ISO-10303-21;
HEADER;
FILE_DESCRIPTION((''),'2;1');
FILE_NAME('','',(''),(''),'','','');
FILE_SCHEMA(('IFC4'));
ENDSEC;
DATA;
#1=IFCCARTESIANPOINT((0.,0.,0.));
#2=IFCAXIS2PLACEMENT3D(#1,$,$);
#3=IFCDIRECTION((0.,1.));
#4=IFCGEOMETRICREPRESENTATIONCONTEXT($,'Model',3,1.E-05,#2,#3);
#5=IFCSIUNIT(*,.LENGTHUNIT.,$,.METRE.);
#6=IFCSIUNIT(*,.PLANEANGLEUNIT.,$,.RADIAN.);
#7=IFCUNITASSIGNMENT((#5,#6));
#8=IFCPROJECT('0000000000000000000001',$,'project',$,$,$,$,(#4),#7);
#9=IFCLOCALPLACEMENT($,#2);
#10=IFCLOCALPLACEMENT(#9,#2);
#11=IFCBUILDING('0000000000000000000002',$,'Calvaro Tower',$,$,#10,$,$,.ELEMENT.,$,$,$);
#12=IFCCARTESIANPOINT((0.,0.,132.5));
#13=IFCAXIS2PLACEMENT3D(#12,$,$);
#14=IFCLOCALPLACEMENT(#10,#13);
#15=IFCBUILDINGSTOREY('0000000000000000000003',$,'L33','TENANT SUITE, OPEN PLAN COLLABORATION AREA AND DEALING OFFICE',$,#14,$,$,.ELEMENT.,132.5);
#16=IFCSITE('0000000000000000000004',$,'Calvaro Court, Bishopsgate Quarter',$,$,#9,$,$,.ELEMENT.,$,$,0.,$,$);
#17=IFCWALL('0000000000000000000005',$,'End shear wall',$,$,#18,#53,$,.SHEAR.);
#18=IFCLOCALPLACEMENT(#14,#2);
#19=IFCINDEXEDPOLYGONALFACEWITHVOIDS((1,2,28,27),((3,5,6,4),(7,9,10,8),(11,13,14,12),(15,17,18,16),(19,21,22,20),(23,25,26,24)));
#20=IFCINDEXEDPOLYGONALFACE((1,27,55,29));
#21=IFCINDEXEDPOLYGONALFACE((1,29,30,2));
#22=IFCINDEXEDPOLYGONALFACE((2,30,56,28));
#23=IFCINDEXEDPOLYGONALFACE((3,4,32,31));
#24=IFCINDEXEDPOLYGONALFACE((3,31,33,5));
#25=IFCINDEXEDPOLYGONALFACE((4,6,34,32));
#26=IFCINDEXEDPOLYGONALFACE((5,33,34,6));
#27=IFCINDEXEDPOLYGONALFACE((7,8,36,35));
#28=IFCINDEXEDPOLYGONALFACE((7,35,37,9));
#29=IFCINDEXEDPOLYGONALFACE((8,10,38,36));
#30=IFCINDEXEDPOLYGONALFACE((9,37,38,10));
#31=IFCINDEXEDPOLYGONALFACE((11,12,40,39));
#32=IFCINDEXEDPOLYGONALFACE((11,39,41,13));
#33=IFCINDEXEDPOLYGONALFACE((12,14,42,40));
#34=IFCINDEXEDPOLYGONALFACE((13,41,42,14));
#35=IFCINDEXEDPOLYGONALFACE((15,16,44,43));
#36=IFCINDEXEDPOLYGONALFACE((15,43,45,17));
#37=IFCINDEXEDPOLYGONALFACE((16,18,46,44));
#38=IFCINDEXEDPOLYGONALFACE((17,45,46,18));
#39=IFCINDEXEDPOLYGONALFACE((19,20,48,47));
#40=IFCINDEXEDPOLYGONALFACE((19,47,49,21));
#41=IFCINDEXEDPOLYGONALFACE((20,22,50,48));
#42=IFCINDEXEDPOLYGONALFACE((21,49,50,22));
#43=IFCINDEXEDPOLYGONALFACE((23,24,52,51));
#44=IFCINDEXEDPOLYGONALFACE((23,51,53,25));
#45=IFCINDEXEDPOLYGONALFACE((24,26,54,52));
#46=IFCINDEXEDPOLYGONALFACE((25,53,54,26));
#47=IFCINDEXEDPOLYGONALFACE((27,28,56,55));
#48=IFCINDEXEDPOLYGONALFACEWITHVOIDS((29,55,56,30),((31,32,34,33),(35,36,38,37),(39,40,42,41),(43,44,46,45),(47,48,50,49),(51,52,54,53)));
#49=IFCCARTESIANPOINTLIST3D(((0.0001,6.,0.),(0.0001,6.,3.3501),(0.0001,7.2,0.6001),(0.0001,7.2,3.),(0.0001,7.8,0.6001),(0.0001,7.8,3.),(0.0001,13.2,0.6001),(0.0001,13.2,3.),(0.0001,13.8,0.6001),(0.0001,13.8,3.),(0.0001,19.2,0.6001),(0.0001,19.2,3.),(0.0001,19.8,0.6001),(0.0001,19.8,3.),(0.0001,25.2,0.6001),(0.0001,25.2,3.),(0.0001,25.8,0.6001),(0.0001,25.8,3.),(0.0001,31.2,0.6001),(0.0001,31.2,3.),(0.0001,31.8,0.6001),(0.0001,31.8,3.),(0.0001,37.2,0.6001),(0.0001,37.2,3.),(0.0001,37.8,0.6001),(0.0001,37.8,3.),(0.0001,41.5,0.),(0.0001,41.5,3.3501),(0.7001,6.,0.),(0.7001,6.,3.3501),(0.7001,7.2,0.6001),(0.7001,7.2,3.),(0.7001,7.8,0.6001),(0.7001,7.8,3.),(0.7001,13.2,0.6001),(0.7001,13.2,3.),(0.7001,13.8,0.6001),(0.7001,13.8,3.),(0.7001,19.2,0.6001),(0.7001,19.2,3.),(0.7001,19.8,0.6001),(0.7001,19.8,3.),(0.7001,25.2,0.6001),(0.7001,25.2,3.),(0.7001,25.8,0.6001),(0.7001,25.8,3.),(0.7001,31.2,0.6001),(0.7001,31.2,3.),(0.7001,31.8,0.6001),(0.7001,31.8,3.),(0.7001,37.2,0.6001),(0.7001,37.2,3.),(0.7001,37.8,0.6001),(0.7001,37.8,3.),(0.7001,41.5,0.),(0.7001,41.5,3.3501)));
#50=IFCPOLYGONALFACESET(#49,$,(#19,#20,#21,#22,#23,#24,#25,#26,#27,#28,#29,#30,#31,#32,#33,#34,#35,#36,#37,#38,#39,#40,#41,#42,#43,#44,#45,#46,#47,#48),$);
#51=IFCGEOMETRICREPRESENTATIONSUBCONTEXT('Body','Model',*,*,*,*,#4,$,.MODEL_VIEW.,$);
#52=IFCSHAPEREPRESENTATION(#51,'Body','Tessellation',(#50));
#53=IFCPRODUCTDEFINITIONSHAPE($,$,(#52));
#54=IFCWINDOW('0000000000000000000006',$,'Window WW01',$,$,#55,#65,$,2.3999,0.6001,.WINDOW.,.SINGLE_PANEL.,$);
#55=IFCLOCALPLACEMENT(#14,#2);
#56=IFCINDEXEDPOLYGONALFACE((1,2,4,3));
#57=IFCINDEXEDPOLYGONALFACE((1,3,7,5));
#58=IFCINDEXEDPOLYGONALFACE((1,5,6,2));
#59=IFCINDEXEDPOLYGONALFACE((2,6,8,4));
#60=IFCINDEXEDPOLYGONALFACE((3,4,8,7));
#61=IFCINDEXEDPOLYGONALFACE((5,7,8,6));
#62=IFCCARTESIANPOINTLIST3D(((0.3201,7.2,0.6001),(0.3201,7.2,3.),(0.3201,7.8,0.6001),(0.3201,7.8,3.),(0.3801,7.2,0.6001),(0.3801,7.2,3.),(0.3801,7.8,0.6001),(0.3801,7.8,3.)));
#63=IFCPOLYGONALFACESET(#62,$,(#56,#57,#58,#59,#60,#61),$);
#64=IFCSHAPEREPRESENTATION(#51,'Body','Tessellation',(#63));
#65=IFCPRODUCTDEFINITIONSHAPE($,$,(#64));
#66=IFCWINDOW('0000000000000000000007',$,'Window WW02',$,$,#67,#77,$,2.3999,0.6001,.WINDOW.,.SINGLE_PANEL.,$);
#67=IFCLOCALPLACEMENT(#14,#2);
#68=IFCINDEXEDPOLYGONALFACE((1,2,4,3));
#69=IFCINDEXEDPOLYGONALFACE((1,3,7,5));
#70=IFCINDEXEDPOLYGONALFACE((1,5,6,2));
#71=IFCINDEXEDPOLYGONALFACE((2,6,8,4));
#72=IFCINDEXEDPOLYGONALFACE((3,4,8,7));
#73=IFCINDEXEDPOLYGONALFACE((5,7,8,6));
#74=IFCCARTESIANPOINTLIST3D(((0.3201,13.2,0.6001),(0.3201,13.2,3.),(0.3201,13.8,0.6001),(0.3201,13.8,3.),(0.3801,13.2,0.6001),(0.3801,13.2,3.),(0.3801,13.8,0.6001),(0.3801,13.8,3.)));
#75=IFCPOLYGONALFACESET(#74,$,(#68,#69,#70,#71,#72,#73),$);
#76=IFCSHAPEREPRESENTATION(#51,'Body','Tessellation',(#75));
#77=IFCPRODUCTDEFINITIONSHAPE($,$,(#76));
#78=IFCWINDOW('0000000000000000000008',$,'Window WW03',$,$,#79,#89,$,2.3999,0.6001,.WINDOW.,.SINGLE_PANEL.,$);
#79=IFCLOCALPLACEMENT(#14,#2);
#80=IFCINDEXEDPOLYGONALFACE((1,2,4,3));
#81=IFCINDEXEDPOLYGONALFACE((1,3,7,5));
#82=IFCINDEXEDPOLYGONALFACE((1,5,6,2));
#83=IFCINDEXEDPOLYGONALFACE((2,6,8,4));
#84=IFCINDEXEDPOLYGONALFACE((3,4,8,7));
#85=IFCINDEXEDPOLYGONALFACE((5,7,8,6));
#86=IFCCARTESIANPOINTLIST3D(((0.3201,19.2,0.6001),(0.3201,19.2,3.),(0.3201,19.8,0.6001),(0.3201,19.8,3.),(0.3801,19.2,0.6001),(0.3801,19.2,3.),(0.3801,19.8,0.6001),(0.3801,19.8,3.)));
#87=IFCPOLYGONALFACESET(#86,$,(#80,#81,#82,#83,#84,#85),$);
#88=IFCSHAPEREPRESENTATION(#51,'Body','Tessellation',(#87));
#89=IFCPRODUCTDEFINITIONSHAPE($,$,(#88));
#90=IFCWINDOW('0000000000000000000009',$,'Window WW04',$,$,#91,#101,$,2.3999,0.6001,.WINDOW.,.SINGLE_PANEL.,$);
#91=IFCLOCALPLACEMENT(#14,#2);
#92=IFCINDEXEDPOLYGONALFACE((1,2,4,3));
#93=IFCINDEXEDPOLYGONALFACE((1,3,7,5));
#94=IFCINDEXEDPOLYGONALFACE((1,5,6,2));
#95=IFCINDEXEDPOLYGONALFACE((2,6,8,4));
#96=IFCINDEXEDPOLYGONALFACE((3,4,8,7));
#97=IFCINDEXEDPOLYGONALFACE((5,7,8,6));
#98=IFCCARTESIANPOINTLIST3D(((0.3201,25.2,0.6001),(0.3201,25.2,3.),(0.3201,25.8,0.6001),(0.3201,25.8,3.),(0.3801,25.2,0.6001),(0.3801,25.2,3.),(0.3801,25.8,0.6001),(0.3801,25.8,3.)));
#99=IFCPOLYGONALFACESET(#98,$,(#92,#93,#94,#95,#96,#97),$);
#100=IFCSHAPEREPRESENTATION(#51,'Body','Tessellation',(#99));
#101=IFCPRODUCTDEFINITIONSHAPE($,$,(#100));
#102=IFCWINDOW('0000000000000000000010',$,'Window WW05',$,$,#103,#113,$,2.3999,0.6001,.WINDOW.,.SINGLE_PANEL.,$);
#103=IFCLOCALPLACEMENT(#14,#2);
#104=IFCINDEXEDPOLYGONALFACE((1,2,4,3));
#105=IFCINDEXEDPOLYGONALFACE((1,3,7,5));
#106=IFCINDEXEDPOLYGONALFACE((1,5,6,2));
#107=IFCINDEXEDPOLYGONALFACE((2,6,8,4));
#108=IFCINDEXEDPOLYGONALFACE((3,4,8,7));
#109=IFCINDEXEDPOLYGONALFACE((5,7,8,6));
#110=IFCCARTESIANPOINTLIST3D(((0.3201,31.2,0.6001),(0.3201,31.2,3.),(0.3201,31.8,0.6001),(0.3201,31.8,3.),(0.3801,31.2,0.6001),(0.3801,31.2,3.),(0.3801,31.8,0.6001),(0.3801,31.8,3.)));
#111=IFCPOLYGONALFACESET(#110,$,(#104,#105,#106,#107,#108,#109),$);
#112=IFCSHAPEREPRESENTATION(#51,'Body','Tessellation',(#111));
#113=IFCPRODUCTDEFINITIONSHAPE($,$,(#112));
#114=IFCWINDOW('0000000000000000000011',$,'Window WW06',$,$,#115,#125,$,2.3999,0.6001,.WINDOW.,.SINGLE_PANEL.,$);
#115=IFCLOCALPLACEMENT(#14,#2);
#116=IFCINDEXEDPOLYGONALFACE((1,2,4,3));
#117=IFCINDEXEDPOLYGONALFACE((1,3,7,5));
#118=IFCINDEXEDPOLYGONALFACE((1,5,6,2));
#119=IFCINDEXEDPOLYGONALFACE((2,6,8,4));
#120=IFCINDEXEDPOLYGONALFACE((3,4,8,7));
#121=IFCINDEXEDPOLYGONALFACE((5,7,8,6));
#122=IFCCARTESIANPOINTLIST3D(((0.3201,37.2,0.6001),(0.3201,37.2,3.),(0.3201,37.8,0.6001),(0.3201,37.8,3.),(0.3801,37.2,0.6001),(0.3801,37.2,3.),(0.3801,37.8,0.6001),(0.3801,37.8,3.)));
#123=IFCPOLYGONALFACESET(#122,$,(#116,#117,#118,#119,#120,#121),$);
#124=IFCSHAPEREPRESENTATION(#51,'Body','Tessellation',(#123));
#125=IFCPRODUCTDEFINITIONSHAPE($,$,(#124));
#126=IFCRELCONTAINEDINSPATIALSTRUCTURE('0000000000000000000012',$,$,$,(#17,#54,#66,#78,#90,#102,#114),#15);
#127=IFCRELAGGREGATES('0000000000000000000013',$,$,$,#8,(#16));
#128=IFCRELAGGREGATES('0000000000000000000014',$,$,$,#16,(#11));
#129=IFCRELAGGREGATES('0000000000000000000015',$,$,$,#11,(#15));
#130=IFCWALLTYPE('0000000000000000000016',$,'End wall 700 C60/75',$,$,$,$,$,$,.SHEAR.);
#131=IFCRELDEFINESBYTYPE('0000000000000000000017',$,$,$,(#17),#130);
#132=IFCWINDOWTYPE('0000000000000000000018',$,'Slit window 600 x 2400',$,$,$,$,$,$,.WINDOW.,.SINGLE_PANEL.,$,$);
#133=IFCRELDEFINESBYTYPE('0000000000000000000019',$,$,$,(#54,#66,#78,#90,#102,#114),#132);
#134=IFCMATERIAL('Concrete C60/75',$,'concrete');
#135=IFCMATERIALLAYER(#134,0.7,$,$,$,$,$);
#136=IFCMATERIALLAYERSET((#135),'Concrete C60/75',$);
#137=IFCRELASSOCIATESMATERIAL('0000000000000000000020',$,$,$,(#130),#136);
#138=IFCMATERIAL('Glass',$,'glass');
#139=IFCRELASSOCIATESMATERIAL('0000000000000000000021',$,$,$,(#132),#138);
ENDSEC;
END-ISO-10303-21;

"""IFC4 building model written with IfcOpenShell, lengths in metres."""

from ifc_helpers import new_model, si_unit, direction, frame, frame_2d, origin, place, context, subcontext, project, spatial, rectangle, extrude, material, layer, layer_set, type_object, element, fill, save


model = new_model("IFC4")

# Units and contexts
model_context = context("Model", 3, precision=1e-05, world=origin(), true_north=direction((0.0, 1.0)))
body_context = subcontext(model_context, "Body", "Model", "MODEL_VIEW")
ifc_project = project(units=[si_unit("LENGTHUNIT", "METRE"), si_unit("PLANEANGLEUNIT", "RADIAN")], contexts=[model_context])

# Site, building, storey
site_placement = place(None, origin())
site = spatial("IfcSite", under=ifc_project, at=site_placement, Name="Calvaro Court, Bishopsgate Quarter", CompositionType="ELEMENT", RefElevation=0.0)
building_placement = place(site_placement, origin())
building = spatial("IfcBuilding", under=site, at=building_placement, Name="Calvaro Tower", CompositionType="ELEMENT")
storey_placement = place(building_placement, frame((0.0, 0.0, 132.5)))
storey = spatial("IfcBuildingStorey", under=building, at=storey_placement, Name="L33", Description="TENANT SUITE, OPEN PLAN COLLABORATION AREA AND DEALING OFFICE", CompositionType="ELEMENT", Elevation=132.5)

# Wall, openings, windows
ifc_material_1 = material(Name="Concrete C60/75", Category="concrete")
ifc_layer_1 = layer(ifc_material_1, 0.7)
ifc_layer_set_1 = layer_set([ifc_layer_1], Name="Concrete C60/75")
wall_type = type_object("IfcWallType", Name="End wall 700 C60/75", PredefinedType="SHEAR", material=ifc_layer_set_1)
wall_placement = place(storey_placement, frame((0.3501, 6.0, 0.0), z_axis=(0.0, 0.0, 1.0), x_axis=(0.0, 1.0, 0.0)))
wall = element("IfcWall", 1, at=wall_placement, inside=storey, type_object=wall_type, Name="End shear wall", PredefinedType="SHEAR", context=body_context, shape_type="SweptSolid", body=[
    extrude(rectangle(XDim=35.5, YDim=0.7, at=frame_2d((17.75, 0.0))), origin(), (0.0, 0.0, 1.0), 3.3501),
])
opening_1_placement = place(wall_placement, frame((1.2, 0.0, 0.6001)))
opening_1 = element("IfcOpeningElement", 2, at=opening_1_placement, cuts=wall, PredefinedType="OPENING", context=body_context, shape_type="SweptSolid", body=[
    extrude(rectangle(XDim=0.6001, YDim=2.3999, at=frame_2d((0.3, 1.2))), frame((0.0, 0.3599, 0.0), z_axis=(0.0, -1.0, 0.0), x_axis=(1.0, 0.0, 0.0)), (0.0, 0.0, 1.0), 0.72),
])
opening_2_placement = place(wall_placement, frame((7.2, 0.0, 0.6001)))
opening_2 = element("IfcOpeningElement", 3, at=opening_2_placement, cuts=wall, PredefinedType="OPENING", context=body_context, shape_type="SweptSolid", body=[
    extrude(rectangle(XDim=0.6001, YDim=2.3999, at=frame_2d((0.3, 1.2))), frame((0.0, 0.3599, 0.0), z_axis=(0.0, -1.0, 0.0), x_axis=(1.0, 0.0, 0.0)), (0.0, 0.0, 1.0), 0.72),
])
opening_3_placement = place(wall_placement, frame((13.2, 0.0, 0.6001)))
opening_3 = element("IfcOpeningElement", 4, at=opening_3_placement, cuts=wall, PredefinedType="OPENING", context=body_context, shape_type="SweptSolid", body=[
    extrude(rectangle(XDim=0.6001, YDim=2.3999, at=frame_2d((0.3, 1.2))), frame((0.0, 0.3599, 0.0), z_axis=(0.0, -1.0, 0.0), x_axis=(1.0, 0.0, 0.0)), (0.0, 0.0, 1.0), 0.72),
])
opening_4_placement = place(wall_placement, frame((19.2, 0.0, 0.6001)))
opening_4 = element("IfcOpeningElement", 5, at=opening_4_placement, cuts=wall, PredefinedType="OPENING", context=body_context, shape_type="SweptSolid", body=[
    extrude(rectangle(XDim=0.6001, YDim=2.3999, at=frame_2d((0.3, 1.2))), frame((0.0, 0.3599, 0.0), z_axis=(0.0, -1.0, 0.0), x_axis=(1.0, 0.0, 0.0)), (0.0, 0.0, 1.0), 0.72),
])
opening_5_placement = place(wall_placement, frame((25.2, 0.0, 0.6001)))
opening_5 = element("IfcOpeningElement", 6, at=opening_5_placement, cuts=wall, PredefinedType="OPENING", context=body_context, shape_type="SweptSolid", body=[
    extrude(rectangle(XDim=0.6001, YDim=2.3999, at=frame_2d((0.3, 1.2))), frame((0.0, 0.3599, 0.0), z_axis=(0.0, -1.0, 0.0), x_axis=(1.0, 0.0, 0.0)), (0.0, 0.0, 1.0), 0.72),
])
opening_6_placement = place(wall_placement, frame((31.2, 0.0, 0.6001)))
opening_6 = element("IfcOpeningElement", 7, at=opening_6_placement, cuts=wall, PredefinedType="OPENING", context=body_context, shape_type="SweptSolid", body=[
    extrude(rectangle(XDim=0.6001, YDim=2.3999, at=frame_2d((0.3, 1.2))), frame((0.0, 0.3599, 0.0), z_axis=(0.0, -1.0, 0.0), x_axis=(1.0, 0.0, 0.0)), (0.0, 0.0, 1.0), 0.72),
])
ifc_material_2 = material(Name="Glass", Category="glass")
window_type = type_object("IfcWindowType", Name="Slit window 600 x 2400", PartitioningType="SINGLE_PANEL", PredefinedType="WINDOW", material=ifc_material_2)
window_1_placement = place(opening_1_placement, origin())
window_1 = element("IfcWindow", 8, at=window_1_placement, inside=storey, type_object=window_type, Name="Window WW01", OverallHeight=2.3999, OverallWidth=0.6001, PartitioningType="SINGLE_PANEL", PredefinedType="WINDOW", context=body_context, shape_type="SweptSolid", body=[
    extrude(rectangle(XDim=0.6001, YDim=2.3999, at=frame_2d((0.3, 1.2))), frame((0.0, 0.03, 0.0), z_axis=(0.0, -1.0, 0.0), x_axis=(1.0, 0.0, 0.0)), (0.0, 0.0, 1.0), 0.0601),
])
fill(opening_1, window_1)
window_2_placement = place(opening_2_placement, origin())
window_2 = element("IfcWindow", 9, at=window_2_placement, inside=storey, type_object=window_type, Name="Window WW02", OverallHeight=2.3999, OverallWidth=0.6001, PartitioningType="SINGLE_PANEL", PredefinedType="WINDOW", context=body_context, shape_type="SweptSolid", body=[
    extrude(rectangle(XDim=0.6001, YDim=2.3999, at=frame_2d((0.3, 1.2))), frame((0.0, 0.03, 0.0), z_axis=(0.0, -1.0, 0.0), x_axis=(1.0, 0.0, 0.0)), (0.0, 0.0, 1.0), 0.0601),
])
fill(opening_2, window_2)
window_3_placement = place(opening_3_placement, origin())
window_3 = element("IfcWindow", 10, at=window_3_placement, inside=storey, type_object=window_type, Name="Window WW03", OverallHeight=2.3999, OverallWidth=0.6001, PartitioningType="SINGLE_PANEL", PredefinedType="WINDOW", context=body_context, shape_type="SweptSolid", body=[
    extrude(rectangle(XDim=0.6001, YDim=2.3999, at=frame_2d((0.3, 1.2))), frame((0.0, 0.03, 0.0), z_axis=(0.0, -1.0, 0.0), x_axis=(1.0, 0.0, 0.0)), (0.0, 0.0, 1.0), 0.0601),
])
fill(opening_3, window_3)
window_4_placement = place(opening_4_placement, origin())
window_4 = element("IfcWindow", 11, at=window_4_placement, inside=storey, type_object=window_type, Name="Window WW04", OverallHeight=2.3999, OverallWidth=0.6001, PartitioningType="SINGLE_PANEL", PredefinedType="WINDOW", context=body_context, shape_type="SweptSolid", body=[
    extrude(rectangle(XDim=0.6001, YDim=2.3999, at=frame_2d((0.3, 1.2))), frame((0.0, 0.03, 0.0), z_axis=(0.0, -1.0, 0.0), x_axis=(1.0, 0.0, 0.0)), (0.0, 0.0, 1.0), 0.0601),
])
fill(opening_4, window_4)
window_5_placement = place(opening_5_placement, origin())
window_5 = element("IfcWindow", 12, at=window_5_placement, inside=storey, type_object=window_type, Name="Window WW05", OverallHeight=2.3999, OverallWidth=0.6001, PartitioningType="SINGLE_PANEL", PredefinedType="WINDOW", context=body_context, shape_type="SweptSolid", body=[
    extrude(rectangle(XDim=0.6001, YDim=2.3999, at=frame_2d((0.3, 1.2))), frame((0.0, 0.03, 0.0), z_axis=(0.0, -1.0, 0.0), x_axis=(1.0, 0.0, 0.0)), (0.0, 0.0, 1.0), 0.0601),
])
fill(opening_5, window_5)
window_6_placement = place(opening_6_placement, origin())
window_6 = element("IfcWindow", 13, at=window_6_placement, inside=storey, type_object=window_type, Name="Window WW06", OverallHeight=2.3999, OverallWidth=0.6001, PartitioningType="SINGLE_PANEL", PredefinedType="WINDOW", context=body_context, shape_type="SweptSolid", body=[
    extrude(rectangle(XDim=0.6001, YDim=2.3999, at=frame_2d((0.3, 1.2))), frame((0.0, 0.03, 0.0), z_axis=(0.0, -1.0, 0.0), x_axis=(1.0, 0.0, 0.0)), (0.0, 0.0, 1.0), 0.0601),
])
fill(opening_6, window_6)

save(model, "model.ifc")
